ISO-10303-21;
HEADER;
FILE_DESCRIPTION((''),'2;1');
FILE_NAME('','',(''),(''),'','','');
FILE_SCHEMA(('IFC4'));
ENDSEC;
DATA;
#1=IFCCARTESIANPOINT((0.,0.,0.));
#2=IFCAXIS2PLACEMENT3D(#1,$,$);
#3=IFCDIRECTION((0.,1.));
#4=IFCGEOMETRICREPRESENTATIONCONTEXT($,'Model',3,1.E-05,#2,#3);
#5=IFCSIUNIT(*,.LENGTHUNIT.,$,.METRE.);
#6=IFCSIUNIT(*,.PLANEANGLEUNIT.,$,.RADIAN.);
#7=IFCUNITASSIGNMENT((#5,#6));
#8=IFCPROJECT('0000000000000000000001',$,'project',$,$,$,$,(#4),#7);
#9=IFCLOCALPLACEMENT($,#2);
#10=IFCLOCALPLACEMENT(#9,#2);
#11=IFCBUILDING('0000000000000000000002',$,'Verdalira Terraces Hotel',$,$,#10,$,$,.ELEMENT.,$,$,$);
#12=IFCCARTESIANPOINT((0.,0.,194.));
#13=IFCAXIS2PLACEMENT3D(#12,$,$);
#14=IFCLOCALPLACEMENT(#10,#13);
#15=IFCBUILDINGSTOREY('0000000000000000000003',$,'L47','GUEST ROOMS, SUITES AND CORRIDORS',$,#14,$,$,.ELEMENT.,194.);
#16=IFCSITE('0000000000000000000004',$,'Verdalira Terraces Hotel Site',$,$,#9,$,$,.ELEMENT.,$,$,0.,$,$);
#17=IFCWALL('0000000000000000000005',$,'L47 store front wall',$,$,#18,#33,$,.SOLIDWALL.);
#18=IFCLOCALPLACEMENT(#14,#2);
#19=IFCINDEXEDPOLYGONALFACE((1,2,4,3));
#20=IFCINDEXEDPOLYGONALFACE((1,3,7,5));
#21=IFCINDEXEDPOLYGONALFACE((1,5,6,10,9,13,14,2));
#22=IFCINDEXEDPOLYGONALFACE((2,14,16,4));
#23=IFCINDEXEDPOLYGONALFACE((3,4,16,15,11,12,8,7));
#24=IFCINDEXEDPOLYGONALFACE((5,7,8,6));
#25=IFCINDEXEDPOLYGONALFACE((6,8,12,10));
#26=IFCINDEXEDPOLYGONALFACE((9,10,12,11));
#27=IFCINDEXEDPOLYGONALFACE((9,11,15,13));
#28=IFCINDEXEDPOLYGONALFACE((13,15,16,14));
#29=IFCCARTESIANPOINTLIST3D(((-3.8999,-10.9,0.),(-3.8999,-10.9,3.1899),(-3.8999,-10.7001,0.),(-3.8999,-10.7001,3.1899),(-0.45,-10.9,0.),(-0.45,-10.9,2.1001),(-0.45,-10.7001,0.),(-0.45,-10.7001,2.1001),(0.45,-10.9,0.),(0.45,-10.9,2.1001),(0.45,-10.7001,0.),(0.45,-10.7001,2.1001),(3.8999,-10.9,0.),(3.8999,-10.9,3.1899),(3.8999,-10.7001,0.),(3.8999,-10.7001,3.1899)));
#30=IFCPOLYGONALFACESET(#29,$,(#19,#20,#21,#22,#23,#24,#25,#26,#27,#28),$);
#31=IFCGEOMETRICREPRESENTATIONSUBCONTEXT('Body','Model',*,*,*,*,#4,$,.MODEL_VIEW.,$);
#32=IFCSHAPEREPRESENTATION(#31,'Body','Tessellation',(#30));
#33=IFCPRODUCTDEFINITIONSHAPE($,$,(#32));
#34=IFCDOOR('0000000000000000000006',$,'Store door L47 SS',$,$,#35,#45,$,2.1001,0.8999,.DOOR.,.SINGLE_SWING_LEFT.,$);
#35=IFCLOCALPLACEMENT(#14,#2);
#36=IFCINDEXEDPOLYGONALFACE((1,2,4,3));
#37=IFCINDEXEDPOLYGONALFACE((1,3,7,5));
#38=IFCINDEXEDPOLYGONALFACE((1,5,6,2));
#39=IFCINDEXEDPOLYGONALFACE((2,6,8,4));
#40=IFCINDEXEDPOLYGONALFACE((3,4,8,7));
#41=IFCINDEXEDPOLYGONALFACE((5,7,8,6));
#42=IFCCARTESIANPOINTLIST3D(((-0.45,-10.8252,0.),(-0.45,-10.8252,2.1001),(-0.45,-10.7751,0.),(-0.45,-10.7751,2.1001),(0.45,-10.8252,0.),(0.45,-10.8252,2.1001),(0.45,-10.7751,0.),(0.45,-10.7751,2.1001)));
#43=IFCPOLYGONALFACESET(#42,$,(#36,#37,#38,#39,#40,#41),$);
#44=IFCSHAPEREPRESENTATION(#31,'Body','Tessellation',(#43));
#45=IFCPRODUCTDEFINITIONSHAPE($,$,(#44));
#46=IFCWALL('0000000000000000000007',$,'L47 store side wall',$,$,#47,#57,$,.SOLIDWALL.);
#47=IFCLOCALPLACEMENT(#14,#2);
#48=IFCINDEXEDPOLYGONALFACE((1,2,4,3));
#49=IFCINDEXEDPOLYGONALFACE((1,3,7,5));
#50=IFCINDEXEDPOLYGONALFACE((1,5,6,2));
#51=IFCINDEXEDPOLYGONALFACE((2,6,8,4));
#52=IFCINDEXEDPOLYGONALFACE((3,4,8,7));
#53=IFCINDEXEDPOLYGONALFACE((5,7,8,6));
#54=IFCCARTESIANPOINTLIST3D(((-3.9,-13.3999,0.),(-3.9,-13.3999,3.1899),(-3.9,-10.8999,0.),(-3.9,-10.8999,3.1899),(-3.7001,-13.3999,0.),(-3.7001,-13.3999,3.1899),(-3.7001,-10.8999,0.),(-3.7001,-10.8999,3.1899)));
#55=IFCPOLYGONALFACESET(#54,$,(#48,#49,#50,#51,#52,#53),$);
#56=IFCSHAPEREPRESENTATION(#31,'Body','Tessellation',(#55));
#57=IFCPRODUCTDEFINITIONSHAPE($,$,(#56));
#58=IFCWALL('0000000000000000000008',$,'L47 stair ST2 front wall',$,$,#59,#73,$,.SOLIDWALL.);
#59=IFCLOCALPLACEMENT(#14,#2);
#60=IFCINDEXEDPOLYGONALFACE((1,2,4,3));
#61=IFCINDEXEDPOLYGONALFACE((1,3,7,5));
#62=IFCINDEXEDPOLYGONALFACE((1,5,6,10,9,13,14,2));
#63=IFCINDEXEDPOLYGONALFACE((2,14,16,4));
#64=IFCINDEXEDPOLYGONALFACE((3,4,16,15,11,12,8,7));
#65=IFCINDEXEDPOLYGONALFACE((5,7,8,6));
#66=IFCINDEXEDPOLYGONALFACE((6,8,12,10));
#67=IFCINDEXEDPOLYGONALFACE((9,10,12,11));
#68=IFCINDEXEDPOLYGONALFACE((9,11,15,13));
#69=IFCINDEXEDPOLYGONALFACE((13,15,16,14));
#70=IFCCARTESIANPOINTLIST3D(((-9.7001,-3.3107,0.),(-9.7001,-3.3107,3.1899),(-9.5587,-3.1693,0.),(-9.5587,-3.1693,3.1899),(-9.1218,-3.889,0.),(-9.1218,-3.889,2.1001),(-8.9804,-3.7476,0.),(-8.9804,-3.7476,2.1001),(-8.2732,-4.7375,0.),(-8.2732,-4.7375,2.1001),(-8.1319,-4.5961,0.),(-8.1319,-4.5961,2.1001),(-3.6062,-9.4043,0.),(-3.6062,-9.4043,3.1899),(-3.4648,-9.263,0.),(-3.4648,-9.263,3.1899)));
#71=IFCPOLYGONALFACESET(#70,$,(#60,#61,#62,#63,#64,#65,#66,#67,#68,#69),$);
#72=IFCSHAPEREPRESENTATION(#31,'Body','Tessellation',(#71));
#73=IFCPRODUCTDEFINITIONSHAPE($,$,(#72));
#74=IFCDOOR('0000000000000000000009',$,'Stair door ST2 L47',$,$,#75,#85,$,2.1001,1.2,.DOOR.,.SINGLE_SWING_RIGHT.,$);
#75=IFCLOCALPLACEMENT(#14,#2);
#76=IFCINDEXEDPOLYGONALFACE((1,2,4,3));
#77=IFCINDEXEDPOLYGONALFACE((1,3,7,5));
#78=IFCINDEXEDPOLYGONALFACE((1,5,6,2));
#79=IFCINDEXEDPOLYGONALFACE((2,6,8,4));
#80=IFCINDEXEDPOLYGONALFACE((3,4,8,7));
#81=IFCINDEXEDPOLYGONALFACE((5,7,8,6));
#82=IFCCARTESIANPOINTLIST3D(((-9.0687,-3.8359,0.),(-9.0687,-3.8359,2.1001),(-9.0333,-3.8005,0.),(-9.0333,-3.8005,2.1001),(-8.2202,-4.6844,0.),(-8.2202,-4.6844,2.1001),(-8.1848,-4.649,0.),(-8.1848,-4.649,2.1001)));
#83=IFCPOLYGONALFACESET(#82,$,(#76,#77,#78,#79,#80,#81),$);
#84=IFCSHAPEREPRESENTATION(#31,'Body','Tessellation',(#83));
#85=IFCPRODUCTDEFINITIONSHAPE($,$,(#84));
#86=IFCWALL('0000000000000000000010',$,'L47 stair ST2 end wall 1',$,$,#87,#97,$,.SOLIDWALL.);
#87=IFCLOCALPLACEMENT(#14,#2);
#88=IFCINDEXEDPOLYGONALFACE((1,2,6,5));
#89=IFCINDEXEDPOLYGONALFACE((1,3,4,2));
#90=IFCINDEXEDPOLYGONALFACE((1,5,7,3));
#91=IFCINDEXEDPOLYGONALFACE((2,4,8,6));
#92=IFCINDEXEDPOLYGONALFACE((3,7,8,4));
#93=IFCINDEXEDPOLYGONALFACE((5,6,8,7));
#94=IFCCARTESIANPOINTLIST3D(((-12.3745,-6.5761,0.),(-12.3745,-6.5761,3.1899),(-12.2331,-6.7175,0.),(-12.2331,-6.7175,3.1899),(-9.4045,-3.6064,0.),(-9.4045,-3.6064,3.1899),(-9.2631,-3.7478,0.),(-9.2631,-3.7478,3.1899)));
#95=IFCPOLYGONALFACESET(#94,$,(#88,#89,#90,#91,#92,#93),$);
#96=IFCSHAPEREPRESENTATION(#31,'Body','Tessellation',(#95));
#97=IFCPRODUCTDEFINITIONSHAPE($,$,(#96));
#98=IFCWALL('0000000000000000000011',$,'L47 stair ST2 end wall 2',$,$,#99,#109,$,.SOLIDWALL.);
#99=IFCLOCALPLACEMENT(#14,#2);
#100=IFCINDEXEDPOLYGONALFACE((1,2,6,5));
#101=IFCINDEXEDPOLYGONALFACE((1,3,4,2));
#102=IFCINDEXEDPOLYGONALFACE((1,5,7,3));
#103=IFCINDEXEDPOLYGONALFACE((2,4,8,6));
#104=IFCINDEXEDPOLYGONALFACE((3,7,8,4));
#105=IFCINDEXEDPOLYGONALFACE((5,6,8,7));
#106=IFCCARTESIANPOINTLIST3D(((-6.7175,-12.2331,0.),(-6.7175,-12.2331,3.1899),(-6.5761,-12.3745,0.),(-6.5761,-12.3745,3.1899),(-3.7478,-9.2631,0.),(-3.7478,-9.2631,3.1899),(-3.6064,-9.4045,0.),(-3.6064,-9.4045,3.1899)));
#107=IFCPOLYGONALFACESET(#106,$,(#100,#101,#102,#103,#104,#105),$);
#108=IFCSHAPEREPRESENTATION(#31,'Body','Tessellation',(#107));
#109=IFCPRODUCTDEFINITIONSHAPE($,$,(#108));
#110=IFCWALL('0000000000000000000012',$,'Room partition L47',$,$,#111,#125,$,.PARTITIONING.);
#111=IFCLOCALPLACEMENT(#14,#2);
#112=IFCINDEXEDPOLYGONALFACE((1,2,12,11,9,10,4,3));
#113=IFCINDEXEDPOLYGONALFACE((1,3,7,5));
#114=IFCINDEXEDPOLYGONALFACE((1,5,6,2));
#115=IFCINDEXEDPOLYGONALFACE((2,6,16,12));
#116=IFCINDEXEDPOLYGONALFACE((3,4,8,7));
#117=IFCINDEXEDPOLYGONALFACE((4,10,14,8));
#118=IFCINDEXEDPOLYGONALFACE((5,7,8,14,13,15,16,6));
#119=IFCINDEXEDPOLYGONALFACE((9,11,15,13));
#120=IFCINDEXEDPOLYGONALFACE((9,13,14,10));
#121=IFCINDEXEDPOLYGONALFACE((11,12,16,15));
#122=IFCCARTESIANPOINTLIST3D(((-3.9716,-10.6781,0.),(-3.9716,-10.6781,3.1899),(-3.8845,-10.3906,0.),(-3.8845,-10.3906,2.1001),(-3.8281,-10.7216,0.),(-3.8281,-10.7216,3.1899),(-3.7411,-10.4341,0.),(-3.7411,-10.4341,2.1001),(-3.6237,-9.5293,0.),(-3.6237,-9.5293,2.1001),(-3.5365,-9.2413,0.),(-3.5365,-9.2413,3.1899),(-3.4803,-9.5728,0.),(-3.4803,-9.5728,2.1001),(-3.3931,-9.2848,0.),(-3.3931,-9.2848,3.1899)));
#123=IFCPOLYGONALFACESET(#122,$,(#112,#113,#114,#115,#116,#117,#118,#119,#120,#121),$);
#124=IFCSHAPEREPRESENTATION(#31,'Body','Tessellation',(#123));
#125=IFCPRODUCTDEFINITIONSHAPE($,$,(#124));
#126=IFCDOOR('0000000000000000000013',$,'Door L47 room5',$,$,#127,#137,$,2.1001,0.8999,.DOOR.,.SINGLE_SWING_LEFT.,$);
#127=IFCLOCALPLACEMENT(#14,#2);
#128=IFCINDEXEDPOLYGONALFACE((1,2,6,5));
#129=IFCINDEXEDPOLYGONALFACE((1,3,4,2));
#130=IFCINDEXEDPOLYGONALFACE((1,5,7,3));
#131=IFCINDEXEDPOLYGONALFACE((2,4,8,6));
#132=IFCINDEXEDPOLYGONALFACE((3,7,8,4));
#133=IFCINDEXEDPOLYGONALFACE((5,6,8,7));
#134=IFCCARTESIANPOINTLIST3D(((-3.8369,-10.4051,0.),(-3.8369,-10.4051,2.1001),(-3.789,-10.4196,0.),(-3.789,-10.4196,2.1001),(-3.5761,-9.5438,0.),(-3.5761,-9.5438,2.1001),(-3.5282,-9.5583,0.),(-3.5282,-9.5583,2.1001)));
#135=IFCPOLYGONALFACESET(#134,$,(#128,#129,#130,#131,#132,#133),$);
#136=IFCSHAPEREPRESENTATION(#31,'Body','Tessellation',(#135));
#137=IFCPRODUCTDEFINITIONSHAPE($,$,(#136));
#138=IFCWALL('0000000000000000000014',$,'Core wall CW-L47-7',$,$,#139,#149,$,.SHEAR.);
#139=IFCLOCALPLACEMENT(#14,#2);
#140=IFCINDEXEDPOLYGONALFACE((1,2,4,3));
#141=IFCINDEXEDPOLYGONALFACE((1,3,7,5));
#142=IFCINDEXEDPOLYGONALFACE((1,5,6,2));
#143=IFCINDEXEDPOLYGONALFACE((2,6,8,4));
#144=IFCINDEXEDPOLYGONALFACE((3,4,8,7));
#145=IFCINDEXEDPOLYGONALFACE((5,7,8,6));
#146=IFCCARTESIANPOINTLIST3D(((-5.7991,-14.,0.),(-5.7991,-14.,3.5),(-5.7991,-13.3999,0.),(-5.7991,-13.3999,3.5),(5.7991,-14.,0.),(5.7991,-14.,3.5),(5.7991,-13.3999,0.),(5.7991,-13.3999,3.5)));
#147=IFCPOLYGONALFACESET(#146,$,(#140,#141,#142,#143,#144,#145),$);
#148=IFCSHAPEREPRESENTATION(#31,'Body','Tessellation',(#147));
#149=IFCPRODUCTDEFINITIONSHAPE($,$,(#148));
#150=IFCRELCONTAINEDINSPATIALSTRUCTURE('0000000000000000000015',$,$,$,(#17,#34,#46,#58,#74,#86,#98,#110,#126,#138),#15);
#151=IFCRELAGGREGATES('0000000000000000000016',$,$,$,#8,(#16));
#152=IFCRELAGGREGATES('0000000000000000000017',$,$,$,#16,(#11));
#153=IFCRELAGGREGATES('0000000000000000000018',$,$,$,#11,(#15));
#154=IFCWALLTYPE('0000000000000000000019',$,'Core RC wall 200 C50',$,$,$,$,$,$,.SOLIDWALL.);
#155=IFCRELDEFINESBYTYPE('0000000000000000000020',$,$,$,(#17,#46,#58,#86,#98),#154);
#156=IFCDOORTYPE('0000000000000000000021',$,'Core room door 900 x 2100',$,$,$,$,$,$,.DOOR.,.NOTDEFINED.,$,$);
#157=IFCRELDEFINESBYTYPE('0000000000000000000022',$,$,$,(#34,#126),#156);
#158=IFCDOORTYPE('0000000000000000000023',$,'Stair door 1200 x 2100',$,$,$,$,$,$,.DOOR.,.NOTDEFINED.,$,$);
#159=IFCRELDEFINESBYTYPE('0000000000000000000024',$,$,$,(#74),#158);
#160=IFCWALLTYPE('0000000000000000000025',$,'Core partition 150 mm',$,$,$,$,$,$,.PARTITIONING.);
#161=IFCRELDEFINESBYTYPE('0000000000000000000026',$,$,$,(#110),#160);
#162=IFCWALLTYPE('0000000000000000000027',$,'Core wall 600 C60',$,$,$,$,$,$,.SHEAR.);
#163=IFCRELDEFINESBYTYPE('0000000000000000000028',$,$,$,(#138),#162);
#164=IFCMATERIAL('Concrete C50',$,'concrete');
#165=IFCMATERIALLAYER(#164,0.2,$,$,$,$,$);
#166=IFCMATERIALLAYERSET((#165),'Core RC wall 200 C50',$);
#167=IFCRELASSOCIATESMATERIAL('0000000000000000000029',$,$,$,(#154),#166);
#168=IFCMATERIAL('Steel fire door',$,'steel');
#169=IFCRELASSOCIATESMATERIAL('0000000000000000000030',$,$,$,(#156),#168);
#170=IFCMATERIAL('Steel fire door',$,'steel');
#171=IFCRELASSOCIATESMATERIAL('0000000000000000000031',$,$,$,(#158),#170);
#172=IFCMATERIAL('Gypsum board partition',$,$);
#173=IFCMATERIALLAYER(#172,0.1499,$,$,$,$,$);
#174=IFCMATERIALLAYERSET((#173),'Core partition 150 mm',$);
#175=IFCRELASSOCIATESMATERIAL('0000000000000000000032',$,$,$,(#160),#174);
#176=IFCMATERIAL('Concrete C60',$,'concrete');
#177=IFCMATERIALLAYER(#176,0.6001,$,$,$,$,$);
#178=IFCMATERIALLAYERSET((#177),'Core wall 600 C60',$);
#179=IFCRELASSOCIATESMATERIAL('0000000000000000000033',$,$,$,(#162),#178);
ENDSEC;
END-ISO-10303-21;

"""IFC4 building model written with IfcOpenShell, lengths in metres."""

from ifc_helpers import new_model, si_unit, direction, frame, frame_2d, origin, place, context, subcontext, project, spatial, rectangle, extrude, material, layer, layer_set, type_object, element, fill, save


model = new_model("IFC4")

# Units and contexts
model_context = context("Model", 3, precision=1e-05, world=origin(), true_north=direction((0.0, 1.0)))
body_context = subcontext(model_context, "Body", "Model", "MODEL_VIEW")
ifc_project = project(units=[si_unit("LENGTHUNIT", "METRE"), si_unit("PLANEANGLEUNIT", "RADIAN")], contexts=[model_context])

# Site, building, storey
site_placement = place(None, origin())
site = spatial("IfcSite", under=ifc_project, at=site_placement, Name="Verdalira Terraces Hotel Site", CompositionType="ELEMENT", RefElevation=0.0)
building_placement = place(site_placement, origin())
building = spatial("IfcBuilding", under=site, at=building_placement, Name="Verdalira Terraces Hotel", CompositionType="ELEMENT")
storey_placement = place(building_placement, frame((0.0, 0.0, 194.0)))
storey = spatial("IfcBuildingStorey", under=building, at=storey_placement, Name="L47", Description="GUEST ROOMS, SUITES AND CORRIDORS", CompositionType="ELEMENT", Elevation=194.0)

# Wall, opening, door
ifc_material_1 = material(Name="Concrete C50", Category="concrete")
ifc_layer_1 = layer(ifc_material_1, 0.2)
ifc_layer_set_1 = layer_set([ifc_layer_1], Name="Core RC wall 200 C50")
wall_type_1 = type_object("IfcWallType", Name="Core RC wall 200 C50", PredefinedType="SOLIDWALL", material=ifc_layer_set_1)
wall_1_placement = place(storey_placement, frame((-3.8999, -10.8, 0.0), z_axis=(0.0, 0.0, 1.0), x_axis=(1.0, 0.0, 0.0)))
wall_1 = element("IfcWall", 1, at=wall_1_placement, inside=storey, type_object=wall_type_1, Name="L47 store front wall", PredefinedType="SOLIDWALL", context=body_context, shape_type="SweptSolid", body=[
    extrude(rectangle(XDim=7.7998, YDim=0.2, at=frame_2d((3.8999, 0.0))), origin(), (0.0, 0.0, 1.0), 3.1899),
])
opening_1_placement = place(wall_1_placement, frame((3.45, 0.0, 0.0)))
opening_1 = element("IfcOpeningElement", 2, at=opening_1_placement, cuts=wall_1, PredefinedType="OPENING", context=body_context, shape_type="SweptSolid", body=[
    extrude(rectangle(XDim=0.8999, YDim=2.1001, at=frame_2d((0.45, 1.05))), frame((0.0, 0.1099, 0.0), z_axis=(0.0, -1.0, 0.0), x_axis=(1.0, 0.0, 0.0)), (0.0, 0.0, 1.0), 0.22),
])
ifc_material_2 = material(Name="Steel fire door", Category="steel")
door_type_1 = type_object("IfcDoorType", Name="Core room door 900 x 2100", OperationType="NOTDEFINED", PredefinedType="DOOR", material=ifc_material_2)
door_1_placement = place(opening_1_placement, origin())
door_1 = element("IfcDoor", 3, at=door_1_placement, inside=storey, type_object=door_type_1, Name="Store door L47 SS", OperationType="SINGLE_SWING_LEFT", OverallHeight=2.1001, OverallWidth=0.8999, PredefinedType="DOOR", context=body_context, shape_type="SweptSolid", body=[
    extrude(rectangle(XDim=0.8999, YDim=2.1001, at=frame_2d((0.45, 1.05))), frame((0.0, 0.0249, 0.0), z_axis=(0.0, -1.0, 0.0), x_axis=(1.0, 0.0, 0.0)), (0.0, 0.0, 1.0), 0.05),
])
fill(opening_1, door_1)

# Wall
wall_2_placement = place(storey_placement, frame((-3.8, -10.8999, 0.0), z_axis=(0.0, 0.0, 1.0), x_axis=(0.0, -1.0, 0.0)))
element("IfcWall", 4, at=wall_2_placement, inside=storey, type_object=wall_type_1, Name="L47 store side wall", PredefinedType="SOLIDWALL", context=body_context, shape_type="SweptSolid", body=[
    extrude(rectangle(XDim=2.5, YDim=0.2, at=frame_2d((1.25, 0.0))), origin(), (0.0, 0.0, 1.0), 3.1899),
])

# Wall, opening, door
wall_3_placement = place(storey_placement, frame((-3.5354, -9.3337, 0.0), z_axis=(0.0, 0.0, 1.0), x_axis=(-0.707121, 0.707093, 0.0)))
wall_3 = element("IfcWall", 5, at=wall_3_placement, inside=storey, type_object=wall_type_1, Name="L47 stair ST2 front wall", PredefinedType="SOLIDWALL", context=body_context, shape_type="SweptSolid", body=[
    extrude(rectangle(XDim=8.6179, YDim=0.2, at=frame_2d((4.3091, 0.0))), origin(), (0.0, 0.0, 1.0), 3.1899),
])
opening_2_placement = place(wall_3_placement, frame((6.6001, 0.0, 0.0)))
opening_2 = element("IfcOpeningElement", 6, at=opening_2_placement, cuts=wall_3, PredefinedType="OPENING", context=body_context, shape_type="SweptSolid", body=[
    extrude(rectangle(XDim=1.2, YDim=2.1001, at=frame_2d((0.6001, 1.05))), frame((0.0, 0.1099, 0.0), z_axis=(0.0, -1.0, 0.0), x_axis=(1.0, 0.0, 0.0)), (0.0, 0.0, 1.0), 0.22),
])
ifc_material_3 = material(Name="Steel fire door", Category="steel")
door_type_2 = type_object("IfcDoorType", Name="Stair door 1200 x 2100", OperationType="NOTDEFINED", PredefinedType="DOOR", material=ifc_material_3)
door_2_placement = place(opening_2_placement, origin())
door_2 = element("IfcDoor", 7, at=door_2_placement, inside=storey, type_object=door_type_2, Name="Stair door ST2 L47", OperationType="SINGLE_SWING_RIGHT", OverallHeight=2.1001, OverallWidth=1.2, PredefinedType="DOOR", context=body_context, shape_type="SweptSolid", body=[
    extrude(rectangle(XDim=1.2, YDim=2.1001, at=frame_2d((0.6001, 1.05))), frame((0.0, 0.0249, 0.0), z_axis=(0.0, -1.0, 0.0), x_axis=(1.0, 0.0, 0.0)), (0.0, 0.0, 1.0), 0.05),
])
fill(opening_2, door_2)

# Walls
for number, where, z_axis, x_axis, name in (
    (8, (-9.3337, -3.677, 0.0), (0.0, 0.0, 1.0), (-0.707136, -0.707078, 0.0), "L47 stair ST2 end wall 1"),
    (9, (-3.677, -9.3337, 0.0), (0.0, 0.0, 1.0), (-0.707078, -0.707136, 0.0), "L47 stair ST2 end wall 2"),
):
    element("IfcWall", number, at=place(storey_placement, frame(where, z_axis=z_axis, x_axis=x_axis)), inside=storey, type_object=wall_type_1, Name=name, PredefinedType="SOLIDWALL", context=body_context, shape_type="SweptSolid", body=[
        extrude(rectangle(XDim=4.2, YDim=0.2, at=frame_2d((2.1001, 0.0))), origin(), (0.0, 0.0, 1.0), 3.1899),
    ])

# Wall, opening, door
ifc_material_4 = material(Name="Gypsum board partition")
ifc_layer_2 = layer(ifc_material_4, 0.1499)
ifc_layer_set_2 = layer_set([ifc_layer_2], Name="Core partition 150 mm")
wall_type_2 = type_object("IfcWallType", Name="Core partition 150 mm", PredefinedType="PARTITIONING", material=ifc_layer_set_2)
wall_4_placement = place(storey_placement, frame((-3.4648, -9.2632, 0.0), z_axis=(0.0, 0.0, 1.0), x_axis=(-0.289809, -0.957085, 0.0)))
wall_4 = element("IfcWall", 10, at=wall_4_placement, inside=storey, type_object=wall_type_2, Name="Room partition L47", PredefinedType="PARTITIONING", context=body_context, shape_type="SweptSolid", body=[
    extrude(rectangle(XDim=1.5012, YDim=0.1499, at=frame_2d((0.7505, 0.0))), origin(), (0.0, 0.0, 1.0), 3.1899),
])
opening_3_placement = place(wall_4_placement, frame((0.3008, 0.0, 0.0)))
opening_3 = element("IfcOpeningElement", 11, at=opening_3_placement, cuts=wall_4, PredefinedType="OPENING", context=body_context, shape_type="SweptSolid", body=[
    extrude(rectangle(XDim=0.8999, YDim=2.1001, at=frame_2d((0.45, 1.05))), frame((0.0, 0.085, 0.0), z_axis=(0.0, -1.0, 0.0), x_axis=(1.0, 0.0, 0.0)), (0.0, 0.0, 1.0), 0.1699),
])
door_3_placement = place(opening_3_placement, origin())
door_3 = element("IfcDoor", 12, at=door_3_placement, inside=storey, type_object=door_type_1, Name="Door L47 room5", OperationType="SINGLE_SWING_LEFT", OverallHeight=2.1001, OverallWidth=0.8999, PredefinedType="DOOR", context=body_context, shape_type="SweptSolid", body=[
    extrude(rectangle(XDim=0.8999, YDim=2.1001, at=frame_2d((0.45, 1.05))), frame((0.0, 0.0249, 0.0), z_axis=(0.0, -1.0, 0.0), x_axis=(1.0, 0.0, 0.0)), (0.0, 0.0, 1.0), 0.05),
])
fill(opening_3, door_3)

# Wall
ifc_material_5 = material(Name="Concrete C60", Category="concrete")
ifc_layer_3 = layer(ifc_material_5, 0.6001)
ifc_layer_set_3 = layer_set([ifc_layer_3], Name="Core wall 600 C60")
wall_type_3 = type_object("IfcWallType", Name="Core wall 600 C60", PredefinedType="SHEAR", material=ifc_layer_set_3)
wall_5_placement = place(storey_placement, frame((-5.7991, -13.7, 0.0), z_axis=(0.0, 0.0, 1.0), x_axis=(1.0, 0.0, 0.0)))
element("IfcWall", 13, at=wall_5_placement, inside=storey, type_object=wall_type_3, Name="Core wall CW-L47-7", PredefinedType="SHEAR", context=body_context, shape_type="SweptSolid", body=[
    extrude(rectangle(XDim=11.5981, YDim=0.6001, at=frame_2d((5.7991, 0.0))), origin(), (0.0, 0.0, 1.0), 3.5),
])

save(model, "model.ifc")
